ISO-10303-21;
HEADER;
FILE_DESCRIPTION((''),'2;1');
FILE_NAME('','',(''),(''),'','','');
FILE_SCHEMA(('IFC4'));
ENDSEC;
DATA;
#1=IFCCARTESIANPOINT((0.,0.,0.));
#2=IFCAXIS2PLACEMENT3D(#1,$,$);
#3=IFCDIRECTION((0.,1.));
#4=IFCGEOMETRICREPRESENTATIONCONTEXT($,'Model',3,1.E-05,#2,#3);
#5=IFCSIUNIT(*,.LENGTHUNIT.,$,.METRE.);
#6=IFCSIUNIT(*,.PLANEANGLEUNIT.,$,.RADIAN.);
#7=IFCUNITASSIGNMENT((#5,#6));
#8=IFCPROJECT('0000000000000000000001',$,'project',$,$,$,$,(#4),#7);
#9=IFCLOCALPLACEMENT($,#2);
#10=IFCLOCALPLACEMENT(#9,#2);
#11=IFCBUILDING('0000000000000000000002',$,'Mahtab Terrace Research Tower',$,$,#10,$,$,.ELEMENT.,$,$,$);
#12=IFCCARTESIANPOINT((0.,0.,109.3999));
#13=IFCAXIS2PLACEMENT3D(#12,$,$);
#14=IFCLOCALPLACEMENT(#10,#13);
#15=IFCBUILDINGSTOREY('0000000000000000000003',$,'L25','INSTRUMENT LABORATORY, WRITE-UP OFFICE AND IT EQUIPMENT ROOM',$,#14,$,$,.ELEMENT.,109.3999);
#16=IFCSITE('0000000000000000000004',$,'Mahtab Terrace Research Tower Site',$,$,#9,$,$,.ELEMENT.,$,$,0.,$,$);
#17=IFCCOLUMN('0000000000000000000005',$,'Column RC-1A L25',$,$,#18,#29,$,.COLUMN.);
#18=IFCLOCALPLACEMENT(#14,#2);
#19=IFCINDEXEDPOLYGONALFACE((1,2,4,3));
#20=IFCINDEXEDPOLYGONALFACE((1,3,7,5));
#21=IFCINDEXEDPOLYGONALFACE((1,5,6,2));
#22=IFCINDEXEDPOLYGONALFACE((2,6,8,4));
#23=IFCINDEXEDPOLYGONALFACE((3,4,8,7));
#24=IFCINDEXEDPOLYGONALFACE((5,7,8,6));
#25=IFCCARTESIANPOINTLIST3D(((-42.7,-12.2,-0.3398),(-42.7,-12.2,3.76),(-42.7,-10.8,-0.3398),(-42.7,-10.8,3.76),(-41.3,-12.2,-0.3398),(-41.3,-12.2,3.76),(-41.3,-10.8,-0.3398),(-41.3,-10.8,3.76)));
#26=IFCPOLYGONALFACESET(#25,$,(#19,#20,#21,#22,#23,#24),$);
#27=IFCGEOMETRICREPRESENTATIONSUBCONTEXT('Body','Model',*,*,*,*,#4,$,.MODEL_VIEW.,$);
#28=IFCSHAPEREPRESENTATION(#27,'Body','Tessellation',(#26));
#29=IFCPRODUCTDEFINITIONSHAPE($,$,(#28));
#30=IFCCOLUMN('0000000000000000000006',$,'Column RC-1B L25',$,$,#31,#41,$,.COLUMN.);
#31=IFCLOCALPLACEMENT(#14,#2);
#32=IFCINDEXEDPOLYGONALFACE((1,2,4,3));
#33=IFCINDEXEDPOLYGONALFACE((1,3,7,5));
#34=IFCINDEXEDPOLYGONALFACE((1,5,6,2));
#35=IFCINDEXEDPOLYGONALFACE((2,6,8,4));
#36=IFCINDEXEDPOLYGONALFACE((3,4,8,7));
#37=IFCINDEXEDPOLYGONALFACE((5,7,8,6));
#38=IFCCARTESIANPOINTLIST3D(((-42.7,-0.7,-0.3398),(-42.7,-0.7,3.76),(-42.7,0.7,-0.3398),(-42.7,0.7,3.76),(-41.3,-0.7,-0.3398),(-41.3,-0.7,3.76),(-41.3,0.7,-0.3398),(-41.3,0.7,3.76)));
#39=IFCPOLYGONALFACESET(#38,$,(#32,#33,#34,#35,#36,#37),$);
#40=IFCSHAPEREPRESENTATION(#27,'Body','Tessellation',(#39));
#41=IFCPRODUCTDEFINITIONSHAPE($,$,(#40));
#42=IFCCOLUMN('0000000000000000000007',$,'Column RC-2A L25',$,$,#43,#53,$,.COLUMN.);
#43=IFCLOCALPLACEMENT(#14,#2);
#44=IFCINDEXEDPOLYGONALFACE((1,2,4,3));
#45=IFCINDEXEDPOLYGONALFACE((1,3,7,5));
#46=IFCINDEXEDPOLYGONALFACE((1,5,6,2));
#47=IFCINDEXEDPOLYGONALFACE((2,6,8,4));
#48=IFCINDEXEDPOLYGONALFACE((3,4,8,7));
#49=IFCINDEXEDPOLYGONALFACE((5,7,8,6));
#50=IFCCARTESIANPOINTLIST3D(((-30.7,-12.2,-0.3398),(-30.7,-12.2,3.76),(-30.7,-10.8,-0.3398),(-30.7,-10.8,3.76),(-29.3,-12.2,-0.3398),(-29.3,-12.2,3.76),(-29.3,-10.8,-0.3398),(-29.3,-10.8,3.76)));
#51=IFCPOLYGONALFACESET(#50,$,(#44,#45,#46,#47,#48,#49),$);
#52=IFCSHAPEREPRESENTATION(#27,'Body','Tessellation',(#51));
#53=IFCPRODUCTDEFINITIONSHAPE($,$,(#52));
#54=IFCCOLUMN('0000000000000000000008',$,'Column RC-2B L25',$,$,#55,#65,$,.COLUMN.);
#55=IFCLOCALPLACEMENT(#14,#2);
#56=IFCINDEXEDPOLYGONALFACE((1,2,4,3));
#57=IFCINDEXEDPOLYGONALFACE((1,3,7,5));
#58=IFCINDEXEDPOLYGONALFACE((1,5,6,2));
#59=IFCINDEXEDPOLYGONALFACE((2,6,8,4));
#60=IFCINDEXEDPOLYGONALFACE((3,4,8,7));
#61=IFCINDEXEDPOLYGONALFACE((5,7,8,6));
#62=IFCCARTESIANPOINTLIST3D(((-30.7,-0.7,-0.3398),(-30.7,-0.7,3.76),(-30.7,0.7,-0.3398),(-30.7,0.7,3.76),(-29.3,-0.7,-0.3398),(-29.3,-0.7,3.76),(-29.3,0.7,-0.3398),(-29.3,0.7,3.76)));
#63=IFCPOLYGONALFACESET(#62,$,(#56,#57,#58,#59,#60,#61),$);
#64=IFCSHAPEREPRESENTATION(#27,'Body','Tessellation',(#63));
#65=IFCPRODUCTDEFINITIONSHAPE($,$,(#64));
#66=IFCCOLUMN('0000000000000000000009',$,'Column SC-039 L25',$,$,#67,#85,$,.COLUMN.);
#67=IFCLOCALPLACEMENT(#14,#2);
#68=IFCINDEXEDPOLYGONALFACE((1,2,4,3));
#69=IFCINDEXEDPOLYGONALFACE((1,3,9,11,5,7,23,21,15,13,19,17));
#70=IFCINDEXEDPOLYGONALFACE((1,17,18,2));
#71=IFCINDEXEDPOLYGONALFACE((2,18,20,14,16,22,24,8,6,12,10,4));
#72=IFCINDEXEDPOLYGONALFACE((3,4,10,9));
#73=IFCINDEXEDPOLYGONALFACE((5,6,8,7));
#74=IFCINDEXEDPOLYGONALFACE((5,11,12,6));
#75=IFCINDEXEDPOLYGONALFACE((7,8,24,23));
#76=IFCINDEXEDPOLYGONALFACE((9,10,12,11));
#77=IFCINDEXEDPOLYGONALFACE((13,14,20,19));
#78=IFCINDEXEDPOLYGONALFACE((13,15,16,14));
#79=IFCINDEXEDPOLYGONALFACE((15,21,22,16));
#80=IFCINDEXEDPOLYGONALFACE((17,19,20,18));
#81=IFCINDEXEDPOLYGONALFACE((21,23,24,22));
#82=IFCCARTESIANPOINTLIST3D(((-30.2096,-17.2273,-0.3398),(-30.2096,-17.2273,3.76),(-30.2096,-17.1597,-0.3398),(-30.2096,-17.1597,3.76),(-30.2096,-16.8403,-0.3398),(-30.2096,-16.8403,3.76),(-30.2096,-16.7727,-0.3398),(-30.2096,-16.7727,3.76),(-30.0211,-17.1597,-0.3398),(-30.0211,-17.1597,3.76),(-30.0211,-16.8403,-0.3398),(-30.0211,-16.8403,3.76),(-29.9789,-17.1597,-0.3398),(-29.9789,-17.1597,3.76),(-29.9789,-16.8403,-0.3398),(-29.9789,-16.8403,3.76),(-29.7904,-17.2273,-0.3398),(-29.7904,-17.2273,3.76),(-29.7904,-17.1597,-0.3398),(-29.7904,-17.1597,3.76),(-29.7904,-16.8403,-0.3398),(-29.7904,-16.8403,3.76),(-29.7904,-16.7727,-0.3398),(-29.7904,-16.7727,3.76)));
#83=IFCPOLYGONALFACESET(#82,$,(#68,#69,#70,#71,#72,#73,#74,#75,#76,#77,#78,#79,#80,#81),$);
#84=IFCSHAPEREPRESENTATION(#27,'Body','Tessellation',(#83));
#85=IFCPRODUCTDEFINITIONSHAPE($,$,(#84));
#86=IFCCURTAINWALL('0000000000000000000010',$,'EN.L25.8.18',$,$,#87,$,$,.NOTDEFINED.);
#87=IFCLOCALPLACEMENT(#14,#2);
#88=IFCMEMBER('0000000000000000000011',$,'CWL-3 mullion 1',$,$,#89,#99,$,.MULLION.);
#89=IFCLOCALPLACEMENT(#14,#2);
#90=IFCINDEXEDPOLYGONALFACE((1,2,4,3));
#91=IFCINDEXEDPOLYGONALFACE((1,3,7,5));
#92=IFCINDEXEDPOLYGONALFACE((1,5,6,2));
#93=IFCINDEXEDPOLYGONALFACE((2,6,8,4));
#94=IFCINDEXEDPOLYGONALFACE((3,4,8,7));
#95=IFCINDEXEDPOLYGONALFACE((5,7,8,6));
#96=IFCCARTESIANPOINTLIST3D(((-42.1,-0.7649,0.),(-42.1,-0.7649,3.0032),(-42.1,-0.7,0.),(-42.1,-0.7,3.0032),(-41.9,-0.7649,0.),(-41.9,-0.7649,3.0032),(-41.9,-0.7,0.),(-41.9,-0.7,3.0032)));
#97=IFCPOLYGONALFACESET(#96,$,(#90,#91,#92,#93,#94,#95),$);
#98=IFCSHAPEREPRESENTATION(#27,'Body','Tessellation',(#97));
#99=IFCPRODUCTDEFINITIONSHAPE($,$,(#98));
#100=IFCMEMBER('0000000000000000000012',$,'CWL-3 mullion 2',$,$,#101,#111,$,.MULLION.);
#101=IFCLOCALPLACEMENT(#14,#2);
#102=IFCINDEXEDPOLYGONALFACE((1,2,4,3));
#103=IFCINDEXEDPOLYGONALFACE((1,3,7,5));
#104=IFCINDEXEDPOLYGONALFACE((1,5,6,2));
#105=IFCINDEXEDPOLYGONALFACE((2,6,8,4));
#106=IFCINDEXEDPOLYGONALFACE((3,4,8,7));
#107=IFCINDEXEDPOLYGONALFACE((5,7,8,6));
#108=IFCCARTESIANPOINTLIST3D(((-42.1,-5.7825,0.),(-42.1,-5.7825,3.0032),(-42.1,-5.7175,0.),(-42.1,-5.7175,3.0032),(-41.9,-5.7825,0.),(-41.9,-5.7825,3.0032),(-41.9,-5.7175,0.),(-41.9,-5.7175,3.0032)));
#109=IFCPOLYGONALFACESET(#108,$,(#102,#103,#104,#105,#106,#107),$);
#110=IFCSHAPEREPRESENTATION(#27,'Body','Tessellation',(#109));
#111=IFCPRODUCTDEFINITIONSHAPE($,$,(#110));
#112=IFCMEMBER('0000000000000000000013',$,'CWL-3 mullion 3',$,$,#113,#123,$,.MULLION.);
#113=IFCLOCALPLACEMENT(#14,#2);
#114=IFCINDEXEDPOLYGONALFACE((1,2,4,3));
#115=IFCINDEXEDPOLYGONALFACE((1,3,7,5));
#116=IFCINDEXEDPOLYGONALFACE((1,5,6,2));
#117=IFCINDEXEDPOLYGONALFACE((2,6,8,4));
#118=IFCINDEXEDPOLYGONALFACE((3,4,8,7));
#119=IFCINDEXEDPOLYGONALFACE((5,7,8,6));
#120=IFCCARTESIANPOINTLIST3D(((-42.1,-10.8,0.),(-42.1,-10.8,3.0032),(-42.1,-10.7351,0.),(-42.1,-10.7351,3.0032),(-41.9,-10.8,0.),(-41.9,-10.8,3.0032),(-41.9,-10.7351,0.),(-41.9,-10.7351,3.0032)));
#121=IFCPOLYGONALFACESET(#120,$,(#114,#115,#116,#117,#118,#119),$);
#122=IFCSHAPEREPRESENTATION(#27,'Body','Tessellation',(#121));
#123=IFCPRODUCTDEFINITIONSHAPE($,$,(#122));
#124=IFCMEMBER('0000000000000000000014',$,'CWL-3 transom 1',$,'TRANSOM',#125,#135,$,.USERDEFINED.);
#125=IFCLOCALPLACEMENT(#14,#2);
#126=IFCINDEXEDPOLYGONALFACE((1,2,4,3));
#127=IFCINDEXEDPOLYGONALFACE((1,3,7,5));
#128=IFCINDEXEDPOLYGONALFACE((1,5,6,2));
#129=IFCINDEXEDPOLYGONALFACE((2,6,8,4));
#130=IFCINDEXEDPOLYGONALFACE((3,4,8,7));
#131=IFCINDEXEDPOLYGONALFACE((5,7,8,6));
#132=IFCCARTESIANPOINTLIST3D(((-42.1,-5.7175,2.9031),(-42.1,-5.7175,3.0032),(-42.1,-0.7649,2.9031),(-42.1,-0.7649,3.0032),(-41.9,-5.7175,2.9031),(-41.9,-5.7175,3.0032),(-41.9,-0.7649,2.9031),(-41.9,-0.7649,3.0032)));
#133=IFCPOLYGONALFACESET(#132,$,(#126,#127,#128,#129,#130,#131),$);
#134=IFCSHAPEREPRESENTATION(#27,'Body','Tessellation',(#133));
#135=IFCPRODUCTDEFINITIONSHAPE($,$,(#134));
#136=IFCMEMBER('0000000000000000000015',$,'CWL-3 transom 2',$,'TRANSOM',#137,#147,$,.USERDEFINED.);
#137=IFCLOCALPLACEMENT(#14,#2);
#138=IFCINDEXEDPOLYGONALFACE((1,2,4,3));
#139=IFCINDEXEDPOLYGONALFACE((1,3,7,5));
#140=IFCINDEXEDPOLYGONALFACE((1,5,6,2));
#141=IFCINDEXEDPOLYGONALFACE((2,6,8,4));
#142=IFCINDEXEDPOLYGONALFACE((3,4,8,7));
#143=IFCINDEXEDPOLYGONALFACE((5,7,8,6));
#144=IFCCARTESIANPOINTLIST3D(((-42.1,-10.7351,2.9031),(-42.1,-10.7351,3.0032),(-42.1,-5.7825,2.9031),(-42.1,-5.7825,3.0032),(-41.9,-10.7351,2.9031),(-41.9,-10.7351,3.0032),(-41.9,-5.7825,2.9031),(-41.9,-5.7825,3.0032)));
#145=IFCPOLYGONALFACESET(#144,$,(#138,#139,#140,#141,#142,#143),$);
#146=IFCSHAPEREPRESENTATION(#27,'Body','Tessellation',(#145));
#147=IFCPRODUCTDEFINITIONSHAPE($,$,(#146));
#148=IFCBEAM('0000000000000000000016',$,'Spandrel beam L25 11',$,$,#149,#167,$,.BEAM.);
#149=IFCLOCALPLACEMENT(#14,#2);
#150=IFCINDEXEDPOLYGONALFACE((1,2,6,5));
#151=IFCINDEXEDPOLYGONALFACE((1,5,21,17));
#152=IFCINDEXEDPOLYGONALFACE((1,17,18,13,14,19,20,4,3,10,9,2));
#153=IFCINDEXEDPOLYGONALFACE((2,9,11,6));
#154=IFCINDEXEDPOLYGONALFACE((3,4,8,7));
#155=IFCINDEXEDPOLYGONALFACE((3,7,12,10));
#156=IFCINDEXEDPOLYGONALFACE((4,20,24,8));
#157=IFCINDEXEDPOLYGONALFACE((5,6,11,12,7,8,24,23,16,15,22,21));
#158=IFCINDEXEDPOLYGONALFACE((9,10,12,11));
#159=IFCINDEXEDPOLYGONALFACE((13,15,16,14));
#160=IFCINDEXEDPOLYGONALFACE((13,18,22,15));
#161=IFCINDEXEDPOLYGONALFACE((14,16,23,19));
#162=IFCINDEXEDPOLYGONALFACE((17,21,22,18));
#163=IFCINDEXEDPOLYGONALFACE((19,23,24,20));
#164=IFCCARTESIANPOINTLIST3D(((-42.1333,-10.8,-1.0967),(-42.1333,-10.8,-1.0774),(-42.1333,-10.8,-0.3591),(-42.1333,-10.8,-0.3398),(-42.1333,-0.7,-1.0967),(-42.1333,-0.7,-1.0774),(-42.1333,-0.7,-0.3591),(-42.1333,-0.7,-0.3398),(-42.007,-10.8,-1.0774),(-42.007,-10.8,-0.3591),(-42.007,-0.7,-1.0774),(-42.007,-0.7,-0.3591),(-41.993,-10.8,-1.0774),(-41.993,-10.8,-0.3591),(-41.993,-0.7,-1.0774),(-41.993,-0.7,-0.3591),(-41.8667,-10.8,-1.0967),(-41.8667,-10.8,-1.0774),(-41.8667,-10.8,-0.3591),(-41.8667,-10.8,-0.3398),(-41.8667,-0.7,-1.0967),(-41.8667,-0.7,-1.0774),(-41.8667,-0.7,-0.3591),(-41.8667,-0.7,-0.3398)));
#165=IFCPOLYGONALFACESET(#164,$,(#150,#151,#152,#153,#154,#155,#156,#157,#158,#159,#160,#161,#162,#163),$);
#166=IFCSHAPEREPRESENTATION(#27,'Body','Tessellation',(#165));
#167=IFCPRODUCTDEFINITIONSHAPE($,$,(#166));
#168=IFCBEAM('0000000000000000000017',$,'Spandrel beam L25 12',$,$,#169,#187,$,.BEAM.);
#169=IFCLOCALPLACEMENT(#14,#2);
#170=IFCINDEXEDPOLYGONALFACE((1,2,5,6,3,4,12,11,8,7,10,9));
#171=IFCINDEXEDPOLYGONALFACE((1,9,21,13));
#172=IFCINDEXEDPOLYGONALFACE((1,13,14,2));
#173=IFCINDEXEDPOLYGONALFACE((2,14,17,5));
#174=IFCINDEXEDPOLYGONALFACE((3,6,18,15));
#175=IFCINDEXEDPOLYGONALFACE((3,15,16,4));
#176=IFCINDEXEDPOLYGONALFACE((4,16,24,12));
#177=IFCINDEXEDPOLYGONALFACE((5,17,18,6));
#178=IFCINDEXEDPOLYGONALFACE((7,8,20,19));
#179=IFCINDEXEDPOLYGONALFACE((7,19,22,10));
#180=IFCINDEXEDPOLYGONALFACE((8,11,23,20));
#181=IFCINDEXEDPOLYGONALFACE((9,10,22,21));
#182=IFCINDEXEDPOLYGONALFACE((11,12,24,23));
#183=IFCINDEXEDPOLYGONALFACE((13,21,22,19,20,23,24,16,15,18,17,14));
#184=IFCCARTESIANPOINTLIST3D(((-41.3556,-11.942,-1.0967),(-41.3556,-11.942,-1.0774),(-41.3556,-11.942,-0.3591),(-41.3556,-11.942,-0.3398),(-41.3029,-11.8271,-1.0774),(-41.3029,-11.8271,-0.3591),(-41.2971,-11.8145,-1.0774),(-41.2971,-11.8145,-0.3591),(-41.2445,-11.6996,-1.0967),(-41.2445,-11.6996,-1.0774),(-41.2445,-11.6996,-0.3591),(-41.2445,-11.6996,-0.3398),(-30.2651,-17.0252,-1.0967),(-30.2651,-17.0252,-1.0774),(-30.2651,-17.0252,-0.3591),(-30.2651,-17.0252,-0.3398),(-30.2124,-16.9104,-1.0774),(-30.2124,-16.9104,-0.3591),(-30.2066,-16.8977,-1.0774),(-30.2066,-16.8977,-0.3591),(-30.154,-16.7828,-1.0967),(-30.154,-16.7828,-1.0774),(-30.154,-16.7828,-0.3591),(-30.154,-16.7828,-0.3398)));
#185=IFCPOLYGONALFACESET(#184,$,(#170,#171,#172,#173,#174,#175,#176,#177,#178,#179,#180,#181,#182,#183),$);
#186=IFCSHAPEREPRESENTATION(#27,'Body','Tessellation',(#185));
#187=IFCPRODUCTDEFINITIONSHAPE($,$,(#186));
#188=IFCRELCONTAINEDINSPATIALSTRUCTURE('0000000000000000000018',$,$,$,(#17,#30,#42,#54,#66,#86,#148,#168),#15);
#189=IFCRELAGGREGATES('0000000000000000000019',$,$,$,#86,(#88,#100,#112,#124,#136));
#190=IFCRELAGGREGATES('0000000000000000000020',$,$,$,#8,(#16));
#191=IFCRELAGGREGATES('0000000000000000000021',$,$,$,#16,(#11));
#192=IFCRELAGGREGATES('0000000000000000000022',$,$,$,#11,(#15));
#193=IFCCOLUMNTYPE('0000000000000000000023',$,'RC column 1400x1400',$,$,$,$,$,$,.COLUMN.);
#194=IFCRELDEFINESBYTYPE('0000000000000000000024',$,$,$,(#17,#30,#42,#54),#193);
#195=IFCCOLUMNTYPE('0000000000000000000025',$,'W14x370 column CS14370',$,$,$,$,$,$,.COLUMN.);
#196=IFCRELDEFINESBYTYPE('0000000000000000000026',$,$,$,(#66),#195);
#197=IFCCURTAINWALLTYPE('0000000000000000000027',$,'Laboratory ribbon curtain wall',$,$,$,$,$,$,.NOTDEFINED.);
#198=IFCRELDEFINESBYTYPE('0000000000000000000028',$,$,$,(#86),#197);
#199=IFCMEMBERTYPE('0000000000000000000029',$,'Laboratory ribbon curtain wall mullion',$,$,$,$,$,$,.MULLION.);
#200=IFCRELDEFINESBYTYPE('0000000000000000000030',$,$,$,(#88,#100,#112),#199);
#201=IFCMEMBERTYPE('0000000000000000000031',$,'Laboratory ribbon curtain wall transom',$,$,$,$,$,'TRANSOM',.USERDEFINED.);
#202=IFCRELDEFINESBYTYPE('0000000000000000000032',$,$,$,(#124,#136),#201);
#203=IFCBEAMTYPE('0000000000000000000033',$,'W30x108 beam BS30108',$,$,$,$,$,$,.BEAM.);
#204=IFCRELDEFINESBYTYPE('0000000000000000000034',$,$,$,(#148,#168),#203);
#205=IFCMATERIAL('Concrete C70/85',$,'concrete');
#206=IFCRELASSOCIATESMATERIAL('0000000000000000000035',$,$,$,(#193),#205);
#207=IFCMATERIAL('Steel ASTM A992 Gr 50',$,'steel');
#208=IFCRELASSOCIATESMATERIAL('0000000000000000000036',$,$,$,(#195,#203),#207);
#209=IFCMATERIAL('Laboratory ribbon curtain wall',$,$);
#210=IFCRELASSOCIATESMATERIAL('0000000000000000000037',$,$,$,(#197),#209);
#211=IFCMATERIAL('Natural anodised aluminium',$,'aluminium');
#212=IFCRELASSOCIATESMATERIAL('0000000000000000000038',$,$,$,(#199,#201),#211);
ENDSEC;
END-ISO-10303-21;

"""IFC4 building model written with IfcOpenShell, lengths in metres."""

from ifc_helpers import new_model, si_unit, direction, frame, origin, origin_2d, place, context, subcontext, project, spatial, rectangle, i_section, extrude, material, material_profile, profile_set, type_object, element, aggregate, save


model = new_model("IFC4")

# Units and contexts
model_context = context("Model", 3, precision=1e-05, world=origin(), true_north=direction((0.0, 1.0)))
body_context = subcontext(model_context, "Body", "Model", "MODEL_VIEW")
ifc_project = project(units=[si_unit("LENGTHUNIT", "METRE"), si_unit("PLANEANGLEUNIT", "RADIAN")], contexts=[model_context])

# Site, building, storey
site_placement = place(None, origin())
site = spatial("IfcSite", under=ifc_project, at=site_placement, Name="Mahtab Terrace Research Tower Site", CompositionType="ELEMENT", RefElevation=0.0)
building_placement = place(site_placement, origin())
building = spatial("IfcBuilding", under=site, at=building_placement, Name="Mahtab Terrace Research Tower", CompositionType="ELEMENT")
storey_placement = place(building_placement, frame((0.0, 0.0, 109.3999)))
storey = spatial("IfcBuildingStorey", under=building, at=storey_placement, Name="L25", Description="INSTRUMENT LABORATORY, WRITE-UP OFFICE AND IT EQUIPMENT ROOM", CompositionType="ELEMENT", Elevation=109.3999)

# Columns
ifc_material_1 = material(Name="Concrete C70/85", Category="concrete")
ifc_material_profile_1 = material_profile(ifc_material_1, rectangle(XDim=1.3999, YDim=1.3999, at=origin_2d()), Name="RC column 1400x1400")
ifc_profile_set_1 = profile_set([ifc_material_profile_1], Name="Concrete C70/85")
column_type_1 = type_object("IfcColumnType", Name="RC column 1400x1400", PredefinedType="COLUMN", material=ifc_profile_set_1)
for number, where, z_axis, x_axis, name in (
    (1, (-42.0, -11.5, -0.3398), (0.0, 0.0, 1.0), (1.0, 0.0, 0.0), "Column RC-1A L25"),
    (2, (-42.0, 0.0, -0.3398), (0.0, 0.0, 1.0), (1.0, 0.0, 0.0), "Column RC-1B L25"),
    (3, (-30.0, -11.5, -0.3398), (0.0, 0.0, 1.0), (1.0, 0.0, 0.0), "Column RC-2A L25"),
    (4, (-30.0, 0.0, -0.3398), (0.0, 0.0, 1.0), (1.0, 0.0, 0.0), "Column RC-2B L25"),
):
    element("IfcColumn", number, at=place(storey_placement, frame(where, z_axis=z_axis, x_axis=x_axis)), inside=storey, type_object=column_type_1, Name=name, PredefinedType="COLUMN", context=body_context, shape_type="SweptSolid", body=[
        extrude(rectangle(XDim=1.3999, YDim=1.3999, at=origin_2d()), origin(), (0.0, 0.0, 1.0), 4.0999),
    ])
ifc_material_2 = material(Name="Steel ASTM A992 Gr 50", Category="steel")
ifc_material_profile_2 = material_profile(ifc_material_2, i_section(OverallWidth=0.4192, OverallDepth=0.4546, WebThickness=0.0422, FlangeThickness=0.0676, at=origin_2d()), Name="W14X370")
ifc_profile_set_2 = profile_set([ifc_material_profile_2], Name="Steel ASTM A992 Gr 50")
column_type_2 = type_object("IfcColumnType", Name="W14x370 column CS14370", PredefinedType="COLUMN", material=ifc_profile_set_2)
column_placement = place(storey_placement, frame((-30.0, -17.0, -0.3398), z_axis=(0.0, 0.0, 1.0), x_axis=(1.0, 0.0, 0.0)))
element("IfcColumn", 5, at=column_placement, inside=storey, type_object=column_type_2, Name="Column SC-039 L25", PredefinedType="COLUMN", context=body_context, shape_type="SweptSolid", body=[
    extrude(i_section(OverallWidth=0.4192, OverallDepth=0.4546, WebThickness=0.0422, FlangeThickness=0.0676, at=origin_2d()), origin(), (0.0, 0.0, 1.0), 4.0999),
])

# Curtain wall, members
ifc_material_3 = material(Name="Laboratory ribbon curtain wall")
curtain_wall_type = type_object("IfcCurtainWallType", Name="Laboratory ribbon curtain wall", PredefinedType="NOTDEFINED", material=ifc_material_3)
curtain_wall_placement = place(storey_placement, origin())
curtain_wall = element("IfcCurtainWall", 6, at=curtain_wall_placement, inside=storey, type_object=curtain_wall_type, Name="EN.L25.8.18", PredefinedType="NOTDEFINED")
ifc_material_4 = material(Name="Natural anodised aluminium", Category="aluminium")
ifc_material_profile_3 = material_profile(ifc_material_4, rectangle(XDim=0.2, YDim=0.0649, at=origin_2d()), Name="MULLION 65x200")
ifc_profile_set_3 = profile_set([ifc_material_profile_3], Name="Natural anodised aluminium")
member_type_1 = type_object("IfcMemberType", Name="Laboratory ribbon curtain wall mullion", PredefinedType="MULLION", material=ifc_profile_set_3)
member_1_placement = place(storey_placement, frame((-42.0, -0.7324, 0.0), z_axis=(0.0, 0.0, 1.0), x_axis=(1.0, 0.0, 0.0)))
member_1 = element("IfcMember", 7, at=member_1_placement, type_object=member_type_1, Name="CWL-3 mullion 1", PredefinedType="MULLION", context=body_context, shape_type="SweptSolid", body=[
    extrude(rectangle(XDim=0.2, YDim=0.0649, at=origin_2d()), origin(), (0.0, 0.0, 1.0), 3.0032),
])
member_2_placement = place(storey_placement, frame((-42.0, -5.75, 0.0), z_axis=(0.0, 0.0, 1.0), x_axis=(1.0, 0.0, 0.0)))
member_2 = element("IfcMember", 8, at=member_2_placement, type_object=member_type_1, Name="CWL-3 mullion 2", PredefinedType="MULLION", context=body_context, shape_type="SweptSolid", body=[
    extrude(rectangle(XDim=0.2, YDim=0.0649, at=origin_2d()), origin(), (0.0, 0.0, 1.0), 3.0032),
])
member_3_placement = place(storey_placement, frame((-42.0, -10.7676, 0.0), z_axis=(0.0, 0.0, 1.0), x_axis=(1.0, 0.0, 0.0)))
member_3 = element("IfcMember", 9, at=member_3_placement, type_object=member_type_1, Name="CWL-3 mullion 3", PredefinedType="MULLION", context=body_context, shape_type="SweptSolid", body=[
    extrude(rectangle(XDim=0.2, YDim=0.0649, at=origin_2d()), origin(), (0.0, 0.0, 1.0), 3.0032),
])
ifc_material_profile_4 = material_profile(ifc_material_4, rectangle(XDim=0.2, YDim=0.1001, at=origin_2d()), Name="TRANSOM 100x200")
ifc_profile_set_4 = profile_set([ifc_material_profile_4], Name="Natural anodised aluminium")
member_type_2 = type_object("IfcMemberType", Name="Laboratory ribbon curtain wall transom", ElementType="TRANSOM", PredefinedType="USERDEFINED", material=ifc_profile_set_4)
member_4_placement = place(storey_placement, frame((-42.0, -0.7649, 2.9531), z_axis=(0.0, -1.0, 0.0), x_axis=(1.0, 0.0, 0.0)))
member_4 = element("IfcMember", 10, at=member_4_placement, type_object=member_type_2, Name="CWL-3 transom 1", ObjectType="TRANSOM", PredefinedType="USERDEFINED", context=body_context, shape_type="SweptSolid", body=[
    extrude(rectangle(XDim=0.2, YDim=0.1001, at=origin_2d()), origin(), (0.0, 0.0, 1.0), 4.9526),
])
member_5_placement = place(storey_placement, frame((-42.0, -5.7825, 2.9531), z_axis=(0.0, -1.0, 0.0), x_axis=(1.0, 0.0, 0.0)))
member_5 = element("IfcMember", 11, at=member_5_placement, type_object=member_type_2, Name="CWL-3 transom 2", ObjectType="TRANSOM", PredefinedType="USERDEFINED", context=body_context, shape_type="SweptSolid", body=[
    extrude(rectangle(XDim=0.2, YDim=0.1001, at=origin_2d()), origin(), (0.0, 0.0, 1.0), 4.9526),
])

# Beams
ifc_material_profile_5 = material_profile(ifc_material_2, i_section(OverallWidth=0.2666, OverallDepth=0.7568, WebThickness=0.0139, FlangeThickness=0.0193, at=origin_2d()), Name="W30X108")
ifc_profile_set_5 = profile_set([ifc_material_profile_5], Name="Steel ASTM A992 Gr 50")
beam_type = type_object("IfcBeamType", Name="W30x108 beam BS30108", PredefinedType="BEAM", material=ifc_profile_set_5)
beam_1_placement = place(storey_placement, frame((-42.0, -0.7, -0.7183), z_axis=(0.0, -1.0, 0.0), x_axis=(1.0, 0.0, 0.0)))
element("IfcBeam", 12, at=beam_1_placement, inside=storey, type_object=beam_type, Name="Spandrel beam L25 11", PredefinedType="BEAM", context=body_context, shape_type="SweptSolid", body=[
    extrude(i_section(OverallWidth=0.2666, OverallDepth=0.7568, WebThickness=0.0139, FlangeThickness=0.0193, at=origin_2d()), origin(), (0.0, 0.0, 1.0), 10.1001),
])
beam_2_placement = place(storey_placement, frame((-41.3, -11.8208, -0.7183), z_axis=(0.909063, -0.41666, 0.0), x_axis=(0.41666, 0.909063, 0.0)))
element("IfcBeam", 13, at=beam_2_placement, inside=storey, type_object=beam_type, Name="Spandrel beam L25 12", PredefinedType="BEAM", context=body_context, shape_type="SweptSolid", body=[
    extrude(i_section(OverallWidth=0.2666, OverallDepth=0.7568, WebThickness=0.0139, FlangeThickness=0.0193, at=origin_2d()), origin(), (0.0, 0.0, 1.0), 12.2),
])

aggregate(curtain_wall, [member_1, member_2, member_3, member_4, member_5])

save(model, "model.ifc")
